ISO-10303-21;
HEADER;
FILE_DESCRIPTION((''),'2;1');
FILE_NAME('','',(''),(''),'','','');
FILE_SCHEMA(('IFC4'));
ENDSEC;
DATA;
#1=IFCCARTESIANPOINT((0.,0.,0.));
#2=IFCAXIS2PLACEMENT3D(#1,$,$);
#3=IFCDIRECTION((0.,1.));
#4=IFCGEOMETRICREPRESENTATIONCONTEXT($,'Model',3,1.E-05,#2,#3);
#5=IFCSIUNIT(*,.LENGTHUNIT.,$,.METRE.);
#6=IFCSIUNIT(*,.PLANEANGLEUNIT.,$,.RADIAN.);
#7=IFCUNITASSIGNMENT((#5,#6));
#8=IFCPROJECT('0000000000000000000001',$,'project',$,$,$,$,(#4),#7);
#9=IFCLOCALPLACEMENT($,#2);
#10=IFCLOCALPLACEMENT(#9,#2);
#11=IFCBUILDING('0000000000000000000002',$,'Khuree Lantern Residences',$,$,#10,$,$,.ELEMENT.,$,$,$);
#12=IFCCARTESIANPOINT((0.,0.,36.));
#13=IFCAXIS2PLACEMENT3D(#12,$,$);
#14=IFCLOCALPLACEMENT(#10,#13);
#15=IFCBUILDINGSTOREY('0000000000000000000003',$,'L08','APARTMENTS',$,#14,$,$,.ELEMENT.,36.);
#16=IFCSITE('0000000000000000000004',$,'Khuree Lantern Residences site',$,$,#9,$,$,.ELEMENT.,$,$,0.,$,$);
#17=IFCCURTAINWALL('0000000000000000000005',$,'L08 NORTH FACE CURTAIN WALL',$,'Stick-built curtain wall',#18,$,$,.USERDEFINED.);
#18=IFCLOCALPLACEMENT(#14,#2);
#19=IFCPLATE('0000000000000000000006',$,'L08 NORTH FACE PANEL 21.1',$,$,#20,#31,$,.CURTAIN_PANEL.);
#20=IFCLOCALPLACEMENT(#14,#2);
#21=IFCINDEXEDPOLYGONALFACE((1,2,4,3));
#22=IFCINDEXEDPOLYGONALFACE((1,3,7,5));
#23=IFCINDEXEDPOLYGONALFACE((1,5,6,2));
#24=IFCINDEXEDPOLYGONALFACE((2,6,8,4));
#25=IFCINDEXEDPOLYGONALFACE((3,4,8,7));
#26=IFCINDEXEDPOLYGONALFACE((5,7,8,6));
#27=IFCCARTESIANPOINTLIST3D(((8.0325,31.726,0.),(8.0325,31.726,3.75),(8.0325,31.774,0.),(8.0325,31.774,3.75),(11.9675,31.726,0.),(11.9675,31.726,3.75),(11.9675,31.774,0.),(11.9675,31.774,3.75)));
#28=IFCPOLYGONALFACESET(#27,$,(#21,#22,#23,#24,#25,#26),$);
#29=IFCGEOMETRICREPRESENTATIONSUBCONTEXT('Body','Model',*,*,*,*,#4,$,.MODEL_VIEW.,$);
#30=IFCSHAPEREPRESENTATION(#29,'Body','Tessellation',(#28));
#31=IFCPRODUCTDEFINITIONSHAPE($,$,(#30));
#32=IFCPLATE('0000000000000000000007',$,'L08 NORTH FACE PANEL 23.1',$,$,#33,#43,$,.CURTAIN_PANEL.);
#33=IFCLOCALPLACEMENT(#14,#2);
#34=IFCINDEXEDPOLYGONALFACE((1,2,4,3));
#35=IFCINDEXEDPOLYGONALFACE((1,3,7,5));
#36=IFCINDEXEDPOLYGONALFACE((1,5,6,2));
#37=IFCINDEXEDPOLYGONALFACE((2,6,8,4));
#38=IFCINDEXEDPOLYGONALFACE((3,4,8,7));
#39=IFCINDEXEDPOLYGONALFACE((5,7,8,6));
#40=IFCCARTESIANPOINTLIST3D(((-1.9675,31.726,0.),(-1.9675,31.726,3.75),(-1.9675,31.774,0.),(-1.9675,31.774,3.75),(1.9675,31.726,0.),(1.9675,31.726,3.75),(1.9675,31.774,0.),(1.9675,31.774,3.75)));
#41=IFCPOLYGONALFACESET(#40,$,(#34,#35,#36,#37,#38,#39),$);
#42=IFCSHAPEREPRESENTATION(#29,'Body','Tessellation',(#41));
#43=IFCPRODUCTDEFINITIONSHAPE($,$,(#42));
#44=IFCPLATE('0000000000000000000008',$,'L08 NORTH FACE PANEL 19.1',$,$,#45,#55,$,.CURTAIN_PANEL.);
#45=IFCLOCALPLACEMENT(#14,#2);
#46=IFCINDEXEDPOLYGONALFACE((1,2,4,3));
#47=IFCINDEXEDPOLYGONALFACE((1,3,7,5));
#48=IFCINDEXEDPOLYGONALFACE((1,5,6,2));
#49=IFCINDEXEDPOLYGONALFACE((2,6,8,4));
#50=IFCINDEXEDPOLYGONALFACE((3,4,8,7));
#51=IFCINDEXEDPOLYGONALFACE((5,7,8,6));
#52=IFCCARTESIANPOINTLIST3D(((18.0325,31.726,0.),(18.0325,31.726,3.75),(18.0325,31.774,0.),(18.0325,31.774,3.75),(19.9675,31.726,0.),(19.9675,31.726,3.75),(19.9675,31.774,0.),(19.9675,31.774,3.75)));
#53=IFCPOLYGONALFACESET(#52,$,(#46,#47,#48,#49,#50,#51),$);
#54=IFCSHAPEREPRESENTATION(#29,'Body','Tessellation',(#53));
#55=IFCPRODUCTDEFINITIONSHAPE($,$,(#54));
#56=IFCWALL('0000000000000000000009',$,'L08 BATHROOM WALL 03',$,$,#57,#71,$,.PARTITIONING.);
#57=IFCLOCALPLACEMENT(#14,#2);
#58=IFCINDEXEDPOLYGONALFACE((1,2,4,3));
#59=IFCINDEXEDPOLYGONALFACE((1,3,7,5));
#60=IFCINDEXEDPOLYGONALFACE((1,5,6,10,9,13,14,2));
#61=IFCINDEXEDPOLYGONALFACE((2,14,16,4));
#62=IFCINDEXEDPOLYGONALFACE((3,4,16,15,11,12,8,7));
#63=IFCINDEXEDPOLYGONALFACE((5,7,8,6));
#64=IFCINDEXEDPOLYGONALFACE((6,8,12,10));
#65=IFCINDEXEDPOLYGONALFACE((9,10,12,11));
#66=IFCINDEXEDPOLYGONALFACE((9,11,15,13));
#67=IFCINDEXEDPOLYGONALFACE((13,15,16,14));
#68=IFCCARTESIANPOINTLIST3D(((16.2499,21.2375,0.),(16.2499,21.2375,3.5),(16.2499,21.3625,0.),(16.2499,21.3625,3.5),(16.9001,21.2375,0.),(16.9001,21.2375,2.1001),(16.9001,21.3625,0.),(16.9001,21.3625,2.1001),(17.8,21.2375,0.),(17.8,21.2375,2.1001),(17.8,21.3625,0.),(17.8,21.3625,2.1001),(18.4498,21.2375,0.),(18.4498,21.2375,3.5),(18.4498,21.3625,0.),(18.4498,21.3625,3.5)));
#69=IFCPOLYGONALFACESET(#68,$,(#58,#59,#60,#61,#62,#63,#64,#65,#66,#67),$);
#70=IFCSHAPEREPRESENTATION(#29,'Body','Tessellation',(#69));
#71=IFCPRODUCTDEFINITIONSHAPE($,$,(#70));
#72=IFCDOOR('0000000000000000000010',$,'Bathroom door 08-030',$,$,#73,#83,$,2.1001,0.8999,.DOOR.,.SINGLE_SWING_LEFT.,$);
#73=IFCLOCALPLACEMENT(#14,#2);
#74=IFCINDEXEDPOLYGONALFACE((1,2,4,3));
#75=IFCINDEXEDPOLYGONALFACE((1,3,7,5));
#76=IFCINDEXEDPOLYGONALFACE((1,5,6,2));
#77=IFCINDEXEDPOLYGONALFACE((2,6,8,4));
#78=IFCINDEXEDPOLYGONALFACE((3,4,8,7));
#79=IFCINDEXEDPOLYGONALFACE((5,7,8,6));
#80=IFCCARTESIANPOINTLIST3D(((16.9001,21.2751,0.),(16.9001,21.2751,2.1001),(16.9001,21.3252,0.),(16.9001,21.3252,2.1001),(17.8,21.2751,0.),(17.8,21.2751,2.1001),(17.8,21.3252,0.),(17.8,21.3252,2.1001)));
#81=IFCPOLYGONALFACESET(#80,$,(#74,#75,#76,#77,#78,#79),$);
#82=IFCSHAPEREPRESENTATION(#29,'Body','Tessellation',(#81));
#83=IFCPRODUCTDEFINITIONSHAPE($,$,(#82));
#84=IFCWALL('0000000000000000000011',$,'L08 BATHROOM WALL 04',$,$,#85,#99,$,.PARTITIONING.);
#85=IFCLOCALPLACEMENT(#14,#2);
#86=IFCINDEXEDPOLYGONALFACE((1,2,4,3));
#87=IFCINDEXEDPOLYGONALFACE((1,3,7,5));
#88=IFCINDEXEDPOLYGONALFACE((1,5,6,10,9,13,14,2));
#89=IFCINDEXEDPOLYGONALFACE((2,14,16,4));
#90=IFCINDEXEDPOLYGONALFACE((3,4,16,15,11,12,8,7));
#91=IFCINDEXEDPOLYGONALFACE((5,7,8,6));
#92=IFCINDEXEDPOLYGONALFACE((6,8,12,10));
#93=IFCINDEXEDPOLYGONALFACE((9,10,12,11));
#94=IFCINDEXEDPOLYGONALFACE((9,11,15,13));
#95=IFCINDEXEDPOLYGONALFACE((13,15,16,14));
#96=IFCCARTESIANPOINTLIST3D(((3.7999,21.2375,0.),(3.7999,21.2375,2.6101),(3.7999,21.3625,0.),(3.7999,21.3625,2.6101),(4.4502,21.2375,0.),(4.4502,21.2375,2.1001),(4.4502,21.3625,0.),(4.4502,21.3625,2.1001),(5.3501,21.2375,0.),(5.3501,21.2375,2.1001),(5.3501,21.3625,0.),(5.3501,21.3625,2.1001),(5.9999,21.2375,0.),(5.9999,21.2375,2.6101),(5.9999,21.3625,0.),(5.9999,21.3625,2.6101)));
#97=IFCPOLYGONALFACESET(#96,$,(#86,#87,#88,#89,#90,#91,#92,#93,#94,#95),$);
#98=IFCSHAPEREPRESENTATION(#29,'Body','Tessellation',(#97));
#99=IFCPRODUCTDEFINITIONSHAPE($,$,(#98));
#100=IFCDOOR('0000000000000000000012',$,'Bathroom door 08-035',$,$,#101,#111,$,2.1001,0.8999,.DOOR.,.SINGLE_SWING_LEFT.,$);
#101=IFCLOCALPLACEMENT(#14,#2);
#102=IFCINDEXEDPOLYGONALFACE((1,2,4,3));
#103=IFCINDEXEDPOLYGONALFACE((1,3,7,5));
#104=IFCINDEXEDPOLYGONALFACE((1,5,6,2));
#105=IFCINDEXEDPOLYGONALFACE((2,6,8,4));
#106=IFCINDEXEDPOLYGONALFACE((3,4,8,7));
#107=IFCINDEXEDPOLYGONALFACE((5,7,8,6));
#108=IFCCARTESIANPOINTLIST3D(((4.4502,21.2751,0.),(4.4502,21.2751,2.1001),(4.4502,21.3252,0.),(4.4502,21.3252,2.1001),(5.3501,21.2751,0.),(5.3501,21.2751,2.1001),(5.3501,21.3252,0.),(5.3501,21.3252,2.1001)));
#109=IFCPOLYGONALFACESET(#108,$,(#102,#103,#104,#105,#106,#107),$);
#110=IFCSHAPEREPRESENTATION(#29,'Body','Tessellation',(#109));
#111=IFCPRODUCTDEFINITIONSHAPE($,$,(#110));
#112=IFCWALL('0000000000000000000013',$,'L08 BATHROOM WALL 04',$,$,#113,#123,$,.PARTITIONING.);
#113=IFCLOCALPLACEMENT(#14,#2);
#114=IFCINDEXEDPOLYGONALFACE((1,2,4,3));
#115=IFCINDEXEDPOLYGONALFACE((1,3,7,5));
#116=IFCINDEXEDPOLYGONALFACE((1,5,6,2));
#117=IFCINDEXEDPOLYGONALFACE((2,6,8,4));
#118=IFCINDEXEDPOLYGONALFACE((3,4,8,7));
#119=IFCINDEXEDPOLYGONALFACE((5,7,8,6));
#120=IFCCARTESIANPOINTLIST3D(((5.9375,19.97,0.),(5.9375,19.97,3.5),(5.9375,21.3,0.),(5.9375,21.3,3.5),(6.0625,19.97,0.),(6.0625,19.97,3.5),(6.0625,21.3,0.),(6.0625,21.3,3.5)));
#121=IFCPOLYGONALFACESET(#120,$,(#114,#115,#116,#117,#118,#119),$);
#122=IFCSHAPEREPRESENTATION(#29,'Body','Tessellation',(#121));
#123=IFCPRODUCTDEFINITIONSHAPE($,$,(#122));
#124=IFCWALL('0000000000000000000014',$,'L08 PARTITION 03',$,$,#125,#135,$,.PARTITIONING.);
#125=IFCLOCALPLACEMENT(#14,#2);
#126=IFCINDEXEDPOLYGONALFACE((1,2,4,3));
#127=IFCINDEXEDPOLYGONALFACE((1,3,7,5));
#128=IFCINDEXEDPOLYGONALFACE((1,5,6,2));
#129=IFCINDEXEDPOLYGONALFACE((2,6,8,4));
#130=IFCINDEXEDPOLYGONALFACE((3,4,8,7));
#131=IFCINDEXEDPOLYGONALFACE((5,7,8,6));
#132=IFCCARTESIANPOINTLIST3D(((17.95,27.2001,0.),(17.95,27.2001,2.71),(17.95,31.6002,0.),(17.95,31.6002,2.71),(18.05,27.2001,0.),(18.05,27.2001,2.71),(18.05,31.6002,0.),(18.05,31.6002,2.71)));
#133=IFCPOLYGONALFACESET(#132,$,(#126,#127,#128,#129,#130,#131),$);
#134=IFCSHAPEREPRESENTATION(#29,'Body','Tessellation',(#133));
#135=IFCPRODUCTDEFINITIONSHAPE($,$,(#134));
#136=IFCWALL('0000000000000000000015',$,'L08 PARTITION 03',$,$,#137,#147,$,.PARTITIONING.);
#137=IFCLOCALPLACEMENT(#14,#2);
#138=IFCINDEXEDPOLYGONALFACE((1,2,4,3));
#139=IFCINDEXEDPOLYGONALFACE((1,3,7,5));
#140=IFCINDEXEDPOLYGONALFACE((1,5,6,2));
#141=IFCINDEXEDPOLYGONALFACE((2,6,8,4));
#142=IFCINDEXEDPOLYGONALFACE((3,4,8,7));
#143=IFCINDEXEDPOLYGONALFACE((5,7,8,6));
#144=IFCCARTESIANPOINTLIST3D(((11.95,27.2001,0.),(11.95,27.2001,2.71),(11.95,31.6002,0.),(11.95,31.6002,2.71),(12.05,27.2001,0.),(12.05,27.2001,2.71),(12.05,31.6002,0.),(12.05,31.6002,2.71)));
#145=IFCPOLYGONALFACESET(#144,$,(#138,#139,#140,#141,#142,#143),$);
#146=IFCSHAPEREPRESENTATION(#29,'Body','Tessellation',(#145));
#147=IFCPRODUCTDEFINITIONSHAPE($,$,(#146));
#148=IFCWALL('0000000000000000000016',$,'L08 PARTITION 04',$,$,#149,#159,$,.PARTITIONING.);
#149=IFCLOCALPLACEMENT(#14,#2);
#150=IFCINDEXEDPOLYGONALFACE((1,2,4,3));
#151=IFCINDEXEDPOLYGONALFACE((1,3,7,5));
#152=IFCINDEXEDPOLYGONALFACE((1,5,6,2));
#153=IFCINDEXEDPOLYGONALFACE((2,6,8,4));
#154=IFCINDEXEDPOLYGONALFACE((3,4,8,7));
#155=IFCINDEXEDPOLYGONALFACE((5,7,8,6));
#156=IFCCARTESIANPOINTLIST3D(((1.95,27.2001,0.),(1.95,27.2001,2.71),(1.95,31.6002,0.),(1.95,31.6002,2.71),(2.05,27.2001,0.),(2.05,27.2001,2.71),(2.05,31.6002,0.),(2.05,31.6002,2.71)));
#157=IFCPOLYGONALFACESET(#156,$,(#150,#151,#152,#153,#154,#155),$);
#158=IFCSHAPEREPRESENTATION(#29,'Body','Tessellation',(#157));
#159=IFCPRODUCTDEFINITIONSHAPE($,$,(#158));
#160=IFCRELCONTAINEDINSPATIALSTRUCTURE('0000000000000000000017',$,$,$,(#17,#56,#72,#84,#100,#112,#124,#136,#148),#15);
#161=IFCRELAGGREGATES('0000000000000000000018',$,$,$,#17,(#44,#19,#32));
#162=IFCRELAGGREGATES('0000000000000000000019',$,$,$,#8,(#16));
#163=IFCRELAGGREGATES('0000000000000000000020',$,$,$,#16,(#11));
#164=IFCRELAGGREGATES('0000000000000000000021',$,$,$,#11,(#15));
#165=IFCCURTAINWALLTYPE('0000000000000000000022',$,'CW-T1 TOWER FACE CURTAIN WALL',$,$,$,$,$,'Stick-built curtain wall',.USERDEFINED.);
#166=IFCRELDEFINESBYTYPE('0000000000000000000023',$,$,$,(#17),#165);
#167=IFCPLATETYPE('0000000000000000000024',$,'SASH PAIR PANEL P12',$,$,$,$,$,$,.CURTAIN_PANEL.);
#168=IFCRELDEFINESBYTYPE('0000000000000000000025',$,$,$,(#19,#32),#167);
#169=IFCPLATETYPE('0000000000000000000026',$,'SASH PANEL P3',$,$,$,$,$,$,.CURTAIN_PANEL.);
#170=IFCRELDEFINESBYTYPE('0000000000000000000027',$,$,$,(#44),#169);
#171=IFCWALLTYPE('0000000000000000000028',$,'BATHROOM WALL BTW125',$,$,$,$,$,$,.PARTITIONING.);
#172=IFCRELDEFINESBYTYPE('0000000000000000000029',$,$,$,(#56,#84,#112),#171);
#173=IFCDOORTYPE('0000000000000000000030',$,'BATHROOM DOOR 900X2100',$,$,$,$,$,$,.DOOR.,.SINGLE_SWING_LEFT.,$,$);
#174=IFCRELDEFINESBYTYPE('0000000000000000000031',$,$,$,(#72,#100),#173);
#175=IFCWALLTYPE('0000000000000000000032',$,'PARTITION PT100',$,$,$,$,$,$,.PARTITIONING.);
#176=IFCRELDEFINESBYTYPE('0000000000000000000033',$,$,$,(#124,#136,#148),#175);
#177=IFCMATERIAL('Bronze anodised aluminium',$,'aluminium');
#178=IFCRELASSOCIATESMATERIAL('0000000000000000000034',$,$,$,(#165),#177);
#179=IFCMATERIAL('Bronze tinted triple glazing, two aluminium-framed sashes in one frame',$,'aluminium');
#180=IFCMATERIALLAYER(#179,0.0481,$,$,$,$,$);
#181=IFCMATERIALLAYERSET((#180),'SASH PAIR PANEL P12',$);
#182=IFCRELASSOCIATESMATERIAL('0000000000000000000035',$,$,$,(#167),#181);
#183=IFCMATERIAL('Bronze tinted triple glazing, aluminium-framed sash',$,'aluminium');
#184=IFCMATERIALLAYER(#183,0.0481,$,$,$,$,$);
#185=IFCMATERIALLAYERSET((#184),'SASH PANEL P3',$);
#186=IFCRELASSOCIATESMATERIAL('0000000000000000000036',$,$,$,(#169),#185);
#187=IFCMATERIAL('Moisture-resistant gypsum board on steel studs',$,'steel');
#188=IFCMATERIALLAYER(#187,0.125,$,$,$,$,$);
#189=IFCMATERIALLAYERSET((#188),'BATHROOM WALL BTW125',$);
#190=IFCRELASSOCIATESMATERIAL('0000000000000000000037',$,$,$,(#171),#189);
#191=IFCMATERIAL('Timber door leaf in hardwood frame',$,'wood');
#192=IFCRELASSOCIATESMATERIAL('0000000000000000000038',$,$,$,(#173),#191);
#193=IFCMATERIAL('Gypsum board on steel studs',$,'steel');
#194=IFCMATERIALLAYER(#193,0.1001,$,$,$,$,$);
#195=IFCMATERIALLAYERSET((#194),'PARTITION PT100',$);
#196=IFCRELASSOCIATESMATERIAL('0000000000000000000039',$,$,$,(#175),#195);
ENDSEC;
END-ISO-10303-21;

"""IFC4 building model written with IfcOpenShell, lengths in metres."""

from ifc_helpers import new_model, si_unit, direction, frame, frame_2d, origin, origin_2d, place, context, subcontext, project, spatial, rectangle, extrude, material, layer, layer_set, type_object, element, fill, aggregate, save


model = new_model("IFC4")

# Units and contexts
model_context = context("Model", 3, precision=1e-05, world=origin(), true_north=direction((0.0, 1.0)))
body_context = subcontext(model_context, "Body", "Model", "MODEL_VIEW")
ifc_project = project(units=[si_unit("LENGTHUNIT", "METRE"), si_unit("PLANEANGLEUNIT", "RADIAN")], contexts=[model_context])

# Site, building, storey
site_placement = place(None, origin())
site = spatial("IfcSite", under=ifc_project, at=site_placement, Name="Khuree Lantern Residences site", CompositionType="ELEMENT", RefElevation=0.0)
building_placement = place(site_placement, origin())
building = spatial("IfcBuilding", under=site, at=building_placement, Name="Khuree Lantern Residences", CompositionType="ELEMENT")
storey_placement = place(building_placement, frame((0.0, 0.0, 36.0)))
storey = spatial("IfcBuildingStorey", under=building, at=storey_placement, Name="L08", Description="APARTMENTS", CompositionType="ELEMENT", Elevation=36.0)

# Curtain wall
ifc_material_1 = material(Name="Bronze anodised aluminium", Category="aluminium")
curtain_wall_type = type_object("IfcCurtainWallType", Name="CW-T1 TOWER FACE CURTAIN WALL", ElementType="Stick-built curtain wall", PredefinedType="USERDEFINED", material=ifc_material_1)
curtain_wall_placement = place(storey_placement, origin())
curtain_wall = element("IfcCurtainWall", 1, at=curtain_wall_placement, inside=storey, type_object=curtain_wall_type, Name="L08 NORTH FACE CURTAIN WALL", ObjectType="Stick-built curtain wall", PredefinedType="USERDEFINED")

# Plates
ifc_material_2 = material(Name="Bronze tinted triple glazing, two aluminium-framed sashes in one frame", Category="aluminium")
ifc_layer_1 = layer(ifc_material_2, 0.0481)
ifc_layer_set_1 = layer_set([ifc_layer_1], Name="SASH PAIR PANEL P12")
plate_type_1 = type_object("IfcPlateType", Name="SASH PAIR PANEL P12", PredefinedType="CURTAIN_PANEL", material=ifc_layer_set_1)
plate_1_placement = place(storey_placement, frame((10.0, 31.75, 0.0), z_axis=(0.0, 0.0, 1.0), x_axis=(-1.0, 0.0, 0.0)))
plate_1 = element("IfcPlate", 2, at=plate_1_placement, type_object=plate_type_1, Name="L08 NORTH FACE PANEL 21.1", PredefinedType="CURTAIN_PANEL", context=body_context, shape_type="SweptSolid", body=[
    extrude(rectangle(XDim=3.9351, YDim=0.0481, at=origin_2d()), origin(), (0.0, 0.0, 1.0), 3.75),
])
plate_2_placement = place(storey_placement, frame((0.0, 31.75, 0.0), z_axis=(0.0, 0.0, 1.0), x_axis=(-1.0, 0.0, 0.0)))
plate_2 = element("IfcPlate", 3, at=plate_2_placement, type_object=plate_type_1, Name="L08 NORTH FACE PANEL 23.1", PredefinedType="CURTAIN_PANEL", context=body_context, shape_type="SweptSolid", body=[
    extrude(rectangle(XDim=3.9351, YDim=0.0481, at=origin_2d()), origin(), (0.0, 0.0, 1.0), 3.75),
])
ifc_material_3 = material(Name="Bronze tinted triple glazing, aluminium-framed sash", Category="aluminium")
ifc_layer_2 = layer(ifc_material_3, 0.0481)
ifc_layer_set_2 = layer_set([ifc_layer_2], Name="SASH PANEL P3")
plate_type_2 = type_object("IfcPlateType", Name="SASH PANEL P3", PredefinedType="CURTAIN_PANEL", material=ifc_layer_set_2)
plate_3_placement = place(storey_placement, frame((19.0, 31.75, 0.0), z_axis=(0.0, 0.0, 1.0), x_axis=(-1.0, 0.0, 0.0)))
plate_3 = element("IfcPlate", 4, at=plate_3_placement, type_object=plate_type_2, Name="L08 NORTH FACE PANEL 19.1", PredefinedType="CURTAIN_PANEL", context=body_context, shape_type="SweptSolid", body=[
    extrude(rectangle(XDim=1.9351, YDim=0.0481, at=origin_2d()), origin(), (0.0, 0.0, 1.0), 3.75),
])
aggregate(curtain_wall, [plate_3, plate_1, plate_2])

# Walls, openings, doors
ifc_material_4 = material(Name="Moisture-resistant gypsum board on steel studs", Category="steel")
ifc_layer_3 = layer(ifc_material_4, 0.125)
ifc_layer_set_3 = layer_set([ifc_layer_3], Name="BATHROOM WALL BTW125")
wall_type_1 = type_object("IfcWallType", Name="BATHROOM WALL BTW125", PredefinedType="PARTITIONING", material=ifc_layer_set_3)
wall_1_placement = place(storey_placement, frame((18.45, 21.3, 0.0), z_axis=(0.0, 0.0, 1.0), x_axis=(-1.0, 0.0, 0.0)))
wall_1 = element("IfcWall", 5, at=wall_1_placement, inside=storey, type_object=wall_type_1, Name="L08 BATHROOM WALL 03", PredefinedType="PARTITIONING", context=body_context, shape_type="SweptSolid", body=[
    extrude(rectangle(XDim=2.2, YDim=0.125, at=frame_2d((1.1001, 0.0))), origin(), (0.0, 0.0, 1.0), 3.5),
])
opening_1_placement = place(wall_1_placement, frame((0.6499, 0.0, 0.0)))
opening_1 = element("IfcOpeningElement", 6, at=opening_1_placement, cuts=wall_1, PredefinedType="OPENING", context=body_context, shape_type="SweptSolid", body=[
    extrude(rectangle(XDim=0.8999, YDim=2.1001, at=frame_2d((0.45, 1.05))), frame((0.0, 0.0725, 0.0), z_axis=(0.0, -1.0, 0.0), x_axis=(1.0, 0.0, 0.0)), (0.0, 0.0, 1.0), 0.145),
])
ifc_material_5 = material(Name="Timber door leaf in hardwood frame", Category="wood")
door_type_1 = type_object("IfcDoorType", Name="BATHROOM DOOR 900X2100", OperationType="SINGLE_SWING_LEFT", PredefinedType="DOOR", material=ifc_material_5)
door_1_placement = place(opening_1_placement, origin())
door_1 = element("IfcDoor", 7, at=door_1_placement, inside=storey, type_object=door_type_1, Name="Bathroom door 08-030", OperationType="SINGLE_SWING_LEFT", OverallHeight=2.1001, OverallWidth=0.8999, PredefinedType="DOOR", context=body_context, shape_type="SweptSolid", body=[
    extrude(rectangle(XDim=0.8999, YDim=2.1001, at=frame_2d((0.45, 1.05))), frame((0.0, 0.0249, 0.0), z_axis=(0.0, -1.0, 0.0), x_axis=(1.0, 0.0, 0.0)), (0.0, 0.0, 1.0), 0.05),
])
fill(opening_1, door_1)
wall_2_placement = place(storey_placement, frame((6.0, 21.3, 0.0), z_axis=(0.0, 0.0, 1.0), x_axis=(-1.0, 0.0, 0.0)))
wall_2 = element("IfcWall", 8, at=wall_2_placement, inside=storey, type_object=wall_type_1, Name="L08 BATHROOM WALL 04", PredefinedType="PARTITIONING", context=body_context, shape_type="SweptSolid", body=[
    extrude(rectangle(XDim=2.2, YDim=0.125, at=frame_2d((1.1001, 0.0))), origin(), (0.0, 0.0, 1.0), 2.6101),
])
opening_2_placement = place(wall_2_placement, frame((0.6499, 0.0, 0.0)))
opening_2 = element("IfcOpeningElement", 9, at=opening_2_placement, cuts=wall_2, PredefinedType="OPENING", context=body_context, shape_type="SweptSolid", body=[
    extrude(rectangle(XDim=0.8999, YDim=2.1001, at=frame_2d((0.45, 1.05))), frame((0.0, 0.0725, 0.0), z_axis=(0.0, -1.0, 0.0), x_axis=(1.0, 0.0, 0.0)), (0.0, 0.0, 1.0), 0.145),
])
door_2_placement = place(opening_2_placement, origin())
door_2 = element("IfcDoor", 10, at=door_2_placement, inside=storey, type_object=door_type_1, Name="Bathroom door 08-035", OperationType="SINGLE_SWING_LEFT", OverallHeight=2.1001, OverallWidth=0.8999, PredefinedType="DOOR", context=body_context, shape_type="SweptSolid", body=[
    extrude(rectangle(XDim=0.8999, YDim=2.1001, at=frame_2d((0.45, 1.05))), frame((0.0, 0.0249, 0.0), z_axis=(0.0, -1.0, 0.0), x_axis=(1.0, 0.0, 0.0)), (0.0, 0.0, 1.0), 0.05),
])
fill(opening_2, door_2)

# Walls
wall_3_placement = place(storey_placement, frame((6.0, 19.97, 0.0), z_axis=(0.0, 0.0, 1.0), x_axis=(0.0, 1.0, 0.0)))
element("IfcWall", 11, at=wall_3_placement, inside=storey, type_object=wall_type_1, Name="L08 BATHROOM WALL 04", PredefinedType="PARTITIONING", context=body_context, shape_type="SweptSolid", body=[
    extrude(rectangle(XDim=1.3301, YDim=0.125, at=frame_2d((0.665, 0.0))), origin(), (0.0, 0.0, 1.0), 3.5),
])
ifc_material_6 = material(Name="Gypsum board on steel studs", Category="steel")
ifc_layer_4 = layer(ifc_material_6, 0.1001)
ifc_layer_set_4 = layer_set([ifc_layer_4], Name="PARTITION PT100")
wall_type_2 = type_object("IfcWallType", Name="PARTITION PT100", PredefinedType="PARTITIONING", material=ifc_layer_set_4)
for number, where, z_axis, x_axis, name in (
    (12, (18.0, 27.2, 0.0), (0.0, 0.0, 1.0), (0.0, 1.0, 0.0), "L08 PARTITION 03"),
    (13, (12.0, 27.2, 0.0), (0.0, 0.0, 1.0), (0.0, 1.0, 0.0), "L08 PARTITION 03"),
    (14, (2.0, 27.2, 0.0), (0.0, 0.0, 1.0), (0.0, 1.0, 0.0), "L08 PARTITION 04"),
):
    element("IfcWall", number, at=place(storey_placement, frame(where, z_axis=z_axis, x_axis=x_axis)), inside=storey, type_object=wall_type_2, Name=name, PredefinedType="PARTITIONING", context=body_context, shape_type="SweptSolid", body=[
        extrude(rectangle(XDim=4.4001, YDim=0.1001, at=frame_2d((2.2002, 0.0))), origin(), (0.0, 0.0, 1.0), 2.71),
    ])

save(model, "model.ifc")
